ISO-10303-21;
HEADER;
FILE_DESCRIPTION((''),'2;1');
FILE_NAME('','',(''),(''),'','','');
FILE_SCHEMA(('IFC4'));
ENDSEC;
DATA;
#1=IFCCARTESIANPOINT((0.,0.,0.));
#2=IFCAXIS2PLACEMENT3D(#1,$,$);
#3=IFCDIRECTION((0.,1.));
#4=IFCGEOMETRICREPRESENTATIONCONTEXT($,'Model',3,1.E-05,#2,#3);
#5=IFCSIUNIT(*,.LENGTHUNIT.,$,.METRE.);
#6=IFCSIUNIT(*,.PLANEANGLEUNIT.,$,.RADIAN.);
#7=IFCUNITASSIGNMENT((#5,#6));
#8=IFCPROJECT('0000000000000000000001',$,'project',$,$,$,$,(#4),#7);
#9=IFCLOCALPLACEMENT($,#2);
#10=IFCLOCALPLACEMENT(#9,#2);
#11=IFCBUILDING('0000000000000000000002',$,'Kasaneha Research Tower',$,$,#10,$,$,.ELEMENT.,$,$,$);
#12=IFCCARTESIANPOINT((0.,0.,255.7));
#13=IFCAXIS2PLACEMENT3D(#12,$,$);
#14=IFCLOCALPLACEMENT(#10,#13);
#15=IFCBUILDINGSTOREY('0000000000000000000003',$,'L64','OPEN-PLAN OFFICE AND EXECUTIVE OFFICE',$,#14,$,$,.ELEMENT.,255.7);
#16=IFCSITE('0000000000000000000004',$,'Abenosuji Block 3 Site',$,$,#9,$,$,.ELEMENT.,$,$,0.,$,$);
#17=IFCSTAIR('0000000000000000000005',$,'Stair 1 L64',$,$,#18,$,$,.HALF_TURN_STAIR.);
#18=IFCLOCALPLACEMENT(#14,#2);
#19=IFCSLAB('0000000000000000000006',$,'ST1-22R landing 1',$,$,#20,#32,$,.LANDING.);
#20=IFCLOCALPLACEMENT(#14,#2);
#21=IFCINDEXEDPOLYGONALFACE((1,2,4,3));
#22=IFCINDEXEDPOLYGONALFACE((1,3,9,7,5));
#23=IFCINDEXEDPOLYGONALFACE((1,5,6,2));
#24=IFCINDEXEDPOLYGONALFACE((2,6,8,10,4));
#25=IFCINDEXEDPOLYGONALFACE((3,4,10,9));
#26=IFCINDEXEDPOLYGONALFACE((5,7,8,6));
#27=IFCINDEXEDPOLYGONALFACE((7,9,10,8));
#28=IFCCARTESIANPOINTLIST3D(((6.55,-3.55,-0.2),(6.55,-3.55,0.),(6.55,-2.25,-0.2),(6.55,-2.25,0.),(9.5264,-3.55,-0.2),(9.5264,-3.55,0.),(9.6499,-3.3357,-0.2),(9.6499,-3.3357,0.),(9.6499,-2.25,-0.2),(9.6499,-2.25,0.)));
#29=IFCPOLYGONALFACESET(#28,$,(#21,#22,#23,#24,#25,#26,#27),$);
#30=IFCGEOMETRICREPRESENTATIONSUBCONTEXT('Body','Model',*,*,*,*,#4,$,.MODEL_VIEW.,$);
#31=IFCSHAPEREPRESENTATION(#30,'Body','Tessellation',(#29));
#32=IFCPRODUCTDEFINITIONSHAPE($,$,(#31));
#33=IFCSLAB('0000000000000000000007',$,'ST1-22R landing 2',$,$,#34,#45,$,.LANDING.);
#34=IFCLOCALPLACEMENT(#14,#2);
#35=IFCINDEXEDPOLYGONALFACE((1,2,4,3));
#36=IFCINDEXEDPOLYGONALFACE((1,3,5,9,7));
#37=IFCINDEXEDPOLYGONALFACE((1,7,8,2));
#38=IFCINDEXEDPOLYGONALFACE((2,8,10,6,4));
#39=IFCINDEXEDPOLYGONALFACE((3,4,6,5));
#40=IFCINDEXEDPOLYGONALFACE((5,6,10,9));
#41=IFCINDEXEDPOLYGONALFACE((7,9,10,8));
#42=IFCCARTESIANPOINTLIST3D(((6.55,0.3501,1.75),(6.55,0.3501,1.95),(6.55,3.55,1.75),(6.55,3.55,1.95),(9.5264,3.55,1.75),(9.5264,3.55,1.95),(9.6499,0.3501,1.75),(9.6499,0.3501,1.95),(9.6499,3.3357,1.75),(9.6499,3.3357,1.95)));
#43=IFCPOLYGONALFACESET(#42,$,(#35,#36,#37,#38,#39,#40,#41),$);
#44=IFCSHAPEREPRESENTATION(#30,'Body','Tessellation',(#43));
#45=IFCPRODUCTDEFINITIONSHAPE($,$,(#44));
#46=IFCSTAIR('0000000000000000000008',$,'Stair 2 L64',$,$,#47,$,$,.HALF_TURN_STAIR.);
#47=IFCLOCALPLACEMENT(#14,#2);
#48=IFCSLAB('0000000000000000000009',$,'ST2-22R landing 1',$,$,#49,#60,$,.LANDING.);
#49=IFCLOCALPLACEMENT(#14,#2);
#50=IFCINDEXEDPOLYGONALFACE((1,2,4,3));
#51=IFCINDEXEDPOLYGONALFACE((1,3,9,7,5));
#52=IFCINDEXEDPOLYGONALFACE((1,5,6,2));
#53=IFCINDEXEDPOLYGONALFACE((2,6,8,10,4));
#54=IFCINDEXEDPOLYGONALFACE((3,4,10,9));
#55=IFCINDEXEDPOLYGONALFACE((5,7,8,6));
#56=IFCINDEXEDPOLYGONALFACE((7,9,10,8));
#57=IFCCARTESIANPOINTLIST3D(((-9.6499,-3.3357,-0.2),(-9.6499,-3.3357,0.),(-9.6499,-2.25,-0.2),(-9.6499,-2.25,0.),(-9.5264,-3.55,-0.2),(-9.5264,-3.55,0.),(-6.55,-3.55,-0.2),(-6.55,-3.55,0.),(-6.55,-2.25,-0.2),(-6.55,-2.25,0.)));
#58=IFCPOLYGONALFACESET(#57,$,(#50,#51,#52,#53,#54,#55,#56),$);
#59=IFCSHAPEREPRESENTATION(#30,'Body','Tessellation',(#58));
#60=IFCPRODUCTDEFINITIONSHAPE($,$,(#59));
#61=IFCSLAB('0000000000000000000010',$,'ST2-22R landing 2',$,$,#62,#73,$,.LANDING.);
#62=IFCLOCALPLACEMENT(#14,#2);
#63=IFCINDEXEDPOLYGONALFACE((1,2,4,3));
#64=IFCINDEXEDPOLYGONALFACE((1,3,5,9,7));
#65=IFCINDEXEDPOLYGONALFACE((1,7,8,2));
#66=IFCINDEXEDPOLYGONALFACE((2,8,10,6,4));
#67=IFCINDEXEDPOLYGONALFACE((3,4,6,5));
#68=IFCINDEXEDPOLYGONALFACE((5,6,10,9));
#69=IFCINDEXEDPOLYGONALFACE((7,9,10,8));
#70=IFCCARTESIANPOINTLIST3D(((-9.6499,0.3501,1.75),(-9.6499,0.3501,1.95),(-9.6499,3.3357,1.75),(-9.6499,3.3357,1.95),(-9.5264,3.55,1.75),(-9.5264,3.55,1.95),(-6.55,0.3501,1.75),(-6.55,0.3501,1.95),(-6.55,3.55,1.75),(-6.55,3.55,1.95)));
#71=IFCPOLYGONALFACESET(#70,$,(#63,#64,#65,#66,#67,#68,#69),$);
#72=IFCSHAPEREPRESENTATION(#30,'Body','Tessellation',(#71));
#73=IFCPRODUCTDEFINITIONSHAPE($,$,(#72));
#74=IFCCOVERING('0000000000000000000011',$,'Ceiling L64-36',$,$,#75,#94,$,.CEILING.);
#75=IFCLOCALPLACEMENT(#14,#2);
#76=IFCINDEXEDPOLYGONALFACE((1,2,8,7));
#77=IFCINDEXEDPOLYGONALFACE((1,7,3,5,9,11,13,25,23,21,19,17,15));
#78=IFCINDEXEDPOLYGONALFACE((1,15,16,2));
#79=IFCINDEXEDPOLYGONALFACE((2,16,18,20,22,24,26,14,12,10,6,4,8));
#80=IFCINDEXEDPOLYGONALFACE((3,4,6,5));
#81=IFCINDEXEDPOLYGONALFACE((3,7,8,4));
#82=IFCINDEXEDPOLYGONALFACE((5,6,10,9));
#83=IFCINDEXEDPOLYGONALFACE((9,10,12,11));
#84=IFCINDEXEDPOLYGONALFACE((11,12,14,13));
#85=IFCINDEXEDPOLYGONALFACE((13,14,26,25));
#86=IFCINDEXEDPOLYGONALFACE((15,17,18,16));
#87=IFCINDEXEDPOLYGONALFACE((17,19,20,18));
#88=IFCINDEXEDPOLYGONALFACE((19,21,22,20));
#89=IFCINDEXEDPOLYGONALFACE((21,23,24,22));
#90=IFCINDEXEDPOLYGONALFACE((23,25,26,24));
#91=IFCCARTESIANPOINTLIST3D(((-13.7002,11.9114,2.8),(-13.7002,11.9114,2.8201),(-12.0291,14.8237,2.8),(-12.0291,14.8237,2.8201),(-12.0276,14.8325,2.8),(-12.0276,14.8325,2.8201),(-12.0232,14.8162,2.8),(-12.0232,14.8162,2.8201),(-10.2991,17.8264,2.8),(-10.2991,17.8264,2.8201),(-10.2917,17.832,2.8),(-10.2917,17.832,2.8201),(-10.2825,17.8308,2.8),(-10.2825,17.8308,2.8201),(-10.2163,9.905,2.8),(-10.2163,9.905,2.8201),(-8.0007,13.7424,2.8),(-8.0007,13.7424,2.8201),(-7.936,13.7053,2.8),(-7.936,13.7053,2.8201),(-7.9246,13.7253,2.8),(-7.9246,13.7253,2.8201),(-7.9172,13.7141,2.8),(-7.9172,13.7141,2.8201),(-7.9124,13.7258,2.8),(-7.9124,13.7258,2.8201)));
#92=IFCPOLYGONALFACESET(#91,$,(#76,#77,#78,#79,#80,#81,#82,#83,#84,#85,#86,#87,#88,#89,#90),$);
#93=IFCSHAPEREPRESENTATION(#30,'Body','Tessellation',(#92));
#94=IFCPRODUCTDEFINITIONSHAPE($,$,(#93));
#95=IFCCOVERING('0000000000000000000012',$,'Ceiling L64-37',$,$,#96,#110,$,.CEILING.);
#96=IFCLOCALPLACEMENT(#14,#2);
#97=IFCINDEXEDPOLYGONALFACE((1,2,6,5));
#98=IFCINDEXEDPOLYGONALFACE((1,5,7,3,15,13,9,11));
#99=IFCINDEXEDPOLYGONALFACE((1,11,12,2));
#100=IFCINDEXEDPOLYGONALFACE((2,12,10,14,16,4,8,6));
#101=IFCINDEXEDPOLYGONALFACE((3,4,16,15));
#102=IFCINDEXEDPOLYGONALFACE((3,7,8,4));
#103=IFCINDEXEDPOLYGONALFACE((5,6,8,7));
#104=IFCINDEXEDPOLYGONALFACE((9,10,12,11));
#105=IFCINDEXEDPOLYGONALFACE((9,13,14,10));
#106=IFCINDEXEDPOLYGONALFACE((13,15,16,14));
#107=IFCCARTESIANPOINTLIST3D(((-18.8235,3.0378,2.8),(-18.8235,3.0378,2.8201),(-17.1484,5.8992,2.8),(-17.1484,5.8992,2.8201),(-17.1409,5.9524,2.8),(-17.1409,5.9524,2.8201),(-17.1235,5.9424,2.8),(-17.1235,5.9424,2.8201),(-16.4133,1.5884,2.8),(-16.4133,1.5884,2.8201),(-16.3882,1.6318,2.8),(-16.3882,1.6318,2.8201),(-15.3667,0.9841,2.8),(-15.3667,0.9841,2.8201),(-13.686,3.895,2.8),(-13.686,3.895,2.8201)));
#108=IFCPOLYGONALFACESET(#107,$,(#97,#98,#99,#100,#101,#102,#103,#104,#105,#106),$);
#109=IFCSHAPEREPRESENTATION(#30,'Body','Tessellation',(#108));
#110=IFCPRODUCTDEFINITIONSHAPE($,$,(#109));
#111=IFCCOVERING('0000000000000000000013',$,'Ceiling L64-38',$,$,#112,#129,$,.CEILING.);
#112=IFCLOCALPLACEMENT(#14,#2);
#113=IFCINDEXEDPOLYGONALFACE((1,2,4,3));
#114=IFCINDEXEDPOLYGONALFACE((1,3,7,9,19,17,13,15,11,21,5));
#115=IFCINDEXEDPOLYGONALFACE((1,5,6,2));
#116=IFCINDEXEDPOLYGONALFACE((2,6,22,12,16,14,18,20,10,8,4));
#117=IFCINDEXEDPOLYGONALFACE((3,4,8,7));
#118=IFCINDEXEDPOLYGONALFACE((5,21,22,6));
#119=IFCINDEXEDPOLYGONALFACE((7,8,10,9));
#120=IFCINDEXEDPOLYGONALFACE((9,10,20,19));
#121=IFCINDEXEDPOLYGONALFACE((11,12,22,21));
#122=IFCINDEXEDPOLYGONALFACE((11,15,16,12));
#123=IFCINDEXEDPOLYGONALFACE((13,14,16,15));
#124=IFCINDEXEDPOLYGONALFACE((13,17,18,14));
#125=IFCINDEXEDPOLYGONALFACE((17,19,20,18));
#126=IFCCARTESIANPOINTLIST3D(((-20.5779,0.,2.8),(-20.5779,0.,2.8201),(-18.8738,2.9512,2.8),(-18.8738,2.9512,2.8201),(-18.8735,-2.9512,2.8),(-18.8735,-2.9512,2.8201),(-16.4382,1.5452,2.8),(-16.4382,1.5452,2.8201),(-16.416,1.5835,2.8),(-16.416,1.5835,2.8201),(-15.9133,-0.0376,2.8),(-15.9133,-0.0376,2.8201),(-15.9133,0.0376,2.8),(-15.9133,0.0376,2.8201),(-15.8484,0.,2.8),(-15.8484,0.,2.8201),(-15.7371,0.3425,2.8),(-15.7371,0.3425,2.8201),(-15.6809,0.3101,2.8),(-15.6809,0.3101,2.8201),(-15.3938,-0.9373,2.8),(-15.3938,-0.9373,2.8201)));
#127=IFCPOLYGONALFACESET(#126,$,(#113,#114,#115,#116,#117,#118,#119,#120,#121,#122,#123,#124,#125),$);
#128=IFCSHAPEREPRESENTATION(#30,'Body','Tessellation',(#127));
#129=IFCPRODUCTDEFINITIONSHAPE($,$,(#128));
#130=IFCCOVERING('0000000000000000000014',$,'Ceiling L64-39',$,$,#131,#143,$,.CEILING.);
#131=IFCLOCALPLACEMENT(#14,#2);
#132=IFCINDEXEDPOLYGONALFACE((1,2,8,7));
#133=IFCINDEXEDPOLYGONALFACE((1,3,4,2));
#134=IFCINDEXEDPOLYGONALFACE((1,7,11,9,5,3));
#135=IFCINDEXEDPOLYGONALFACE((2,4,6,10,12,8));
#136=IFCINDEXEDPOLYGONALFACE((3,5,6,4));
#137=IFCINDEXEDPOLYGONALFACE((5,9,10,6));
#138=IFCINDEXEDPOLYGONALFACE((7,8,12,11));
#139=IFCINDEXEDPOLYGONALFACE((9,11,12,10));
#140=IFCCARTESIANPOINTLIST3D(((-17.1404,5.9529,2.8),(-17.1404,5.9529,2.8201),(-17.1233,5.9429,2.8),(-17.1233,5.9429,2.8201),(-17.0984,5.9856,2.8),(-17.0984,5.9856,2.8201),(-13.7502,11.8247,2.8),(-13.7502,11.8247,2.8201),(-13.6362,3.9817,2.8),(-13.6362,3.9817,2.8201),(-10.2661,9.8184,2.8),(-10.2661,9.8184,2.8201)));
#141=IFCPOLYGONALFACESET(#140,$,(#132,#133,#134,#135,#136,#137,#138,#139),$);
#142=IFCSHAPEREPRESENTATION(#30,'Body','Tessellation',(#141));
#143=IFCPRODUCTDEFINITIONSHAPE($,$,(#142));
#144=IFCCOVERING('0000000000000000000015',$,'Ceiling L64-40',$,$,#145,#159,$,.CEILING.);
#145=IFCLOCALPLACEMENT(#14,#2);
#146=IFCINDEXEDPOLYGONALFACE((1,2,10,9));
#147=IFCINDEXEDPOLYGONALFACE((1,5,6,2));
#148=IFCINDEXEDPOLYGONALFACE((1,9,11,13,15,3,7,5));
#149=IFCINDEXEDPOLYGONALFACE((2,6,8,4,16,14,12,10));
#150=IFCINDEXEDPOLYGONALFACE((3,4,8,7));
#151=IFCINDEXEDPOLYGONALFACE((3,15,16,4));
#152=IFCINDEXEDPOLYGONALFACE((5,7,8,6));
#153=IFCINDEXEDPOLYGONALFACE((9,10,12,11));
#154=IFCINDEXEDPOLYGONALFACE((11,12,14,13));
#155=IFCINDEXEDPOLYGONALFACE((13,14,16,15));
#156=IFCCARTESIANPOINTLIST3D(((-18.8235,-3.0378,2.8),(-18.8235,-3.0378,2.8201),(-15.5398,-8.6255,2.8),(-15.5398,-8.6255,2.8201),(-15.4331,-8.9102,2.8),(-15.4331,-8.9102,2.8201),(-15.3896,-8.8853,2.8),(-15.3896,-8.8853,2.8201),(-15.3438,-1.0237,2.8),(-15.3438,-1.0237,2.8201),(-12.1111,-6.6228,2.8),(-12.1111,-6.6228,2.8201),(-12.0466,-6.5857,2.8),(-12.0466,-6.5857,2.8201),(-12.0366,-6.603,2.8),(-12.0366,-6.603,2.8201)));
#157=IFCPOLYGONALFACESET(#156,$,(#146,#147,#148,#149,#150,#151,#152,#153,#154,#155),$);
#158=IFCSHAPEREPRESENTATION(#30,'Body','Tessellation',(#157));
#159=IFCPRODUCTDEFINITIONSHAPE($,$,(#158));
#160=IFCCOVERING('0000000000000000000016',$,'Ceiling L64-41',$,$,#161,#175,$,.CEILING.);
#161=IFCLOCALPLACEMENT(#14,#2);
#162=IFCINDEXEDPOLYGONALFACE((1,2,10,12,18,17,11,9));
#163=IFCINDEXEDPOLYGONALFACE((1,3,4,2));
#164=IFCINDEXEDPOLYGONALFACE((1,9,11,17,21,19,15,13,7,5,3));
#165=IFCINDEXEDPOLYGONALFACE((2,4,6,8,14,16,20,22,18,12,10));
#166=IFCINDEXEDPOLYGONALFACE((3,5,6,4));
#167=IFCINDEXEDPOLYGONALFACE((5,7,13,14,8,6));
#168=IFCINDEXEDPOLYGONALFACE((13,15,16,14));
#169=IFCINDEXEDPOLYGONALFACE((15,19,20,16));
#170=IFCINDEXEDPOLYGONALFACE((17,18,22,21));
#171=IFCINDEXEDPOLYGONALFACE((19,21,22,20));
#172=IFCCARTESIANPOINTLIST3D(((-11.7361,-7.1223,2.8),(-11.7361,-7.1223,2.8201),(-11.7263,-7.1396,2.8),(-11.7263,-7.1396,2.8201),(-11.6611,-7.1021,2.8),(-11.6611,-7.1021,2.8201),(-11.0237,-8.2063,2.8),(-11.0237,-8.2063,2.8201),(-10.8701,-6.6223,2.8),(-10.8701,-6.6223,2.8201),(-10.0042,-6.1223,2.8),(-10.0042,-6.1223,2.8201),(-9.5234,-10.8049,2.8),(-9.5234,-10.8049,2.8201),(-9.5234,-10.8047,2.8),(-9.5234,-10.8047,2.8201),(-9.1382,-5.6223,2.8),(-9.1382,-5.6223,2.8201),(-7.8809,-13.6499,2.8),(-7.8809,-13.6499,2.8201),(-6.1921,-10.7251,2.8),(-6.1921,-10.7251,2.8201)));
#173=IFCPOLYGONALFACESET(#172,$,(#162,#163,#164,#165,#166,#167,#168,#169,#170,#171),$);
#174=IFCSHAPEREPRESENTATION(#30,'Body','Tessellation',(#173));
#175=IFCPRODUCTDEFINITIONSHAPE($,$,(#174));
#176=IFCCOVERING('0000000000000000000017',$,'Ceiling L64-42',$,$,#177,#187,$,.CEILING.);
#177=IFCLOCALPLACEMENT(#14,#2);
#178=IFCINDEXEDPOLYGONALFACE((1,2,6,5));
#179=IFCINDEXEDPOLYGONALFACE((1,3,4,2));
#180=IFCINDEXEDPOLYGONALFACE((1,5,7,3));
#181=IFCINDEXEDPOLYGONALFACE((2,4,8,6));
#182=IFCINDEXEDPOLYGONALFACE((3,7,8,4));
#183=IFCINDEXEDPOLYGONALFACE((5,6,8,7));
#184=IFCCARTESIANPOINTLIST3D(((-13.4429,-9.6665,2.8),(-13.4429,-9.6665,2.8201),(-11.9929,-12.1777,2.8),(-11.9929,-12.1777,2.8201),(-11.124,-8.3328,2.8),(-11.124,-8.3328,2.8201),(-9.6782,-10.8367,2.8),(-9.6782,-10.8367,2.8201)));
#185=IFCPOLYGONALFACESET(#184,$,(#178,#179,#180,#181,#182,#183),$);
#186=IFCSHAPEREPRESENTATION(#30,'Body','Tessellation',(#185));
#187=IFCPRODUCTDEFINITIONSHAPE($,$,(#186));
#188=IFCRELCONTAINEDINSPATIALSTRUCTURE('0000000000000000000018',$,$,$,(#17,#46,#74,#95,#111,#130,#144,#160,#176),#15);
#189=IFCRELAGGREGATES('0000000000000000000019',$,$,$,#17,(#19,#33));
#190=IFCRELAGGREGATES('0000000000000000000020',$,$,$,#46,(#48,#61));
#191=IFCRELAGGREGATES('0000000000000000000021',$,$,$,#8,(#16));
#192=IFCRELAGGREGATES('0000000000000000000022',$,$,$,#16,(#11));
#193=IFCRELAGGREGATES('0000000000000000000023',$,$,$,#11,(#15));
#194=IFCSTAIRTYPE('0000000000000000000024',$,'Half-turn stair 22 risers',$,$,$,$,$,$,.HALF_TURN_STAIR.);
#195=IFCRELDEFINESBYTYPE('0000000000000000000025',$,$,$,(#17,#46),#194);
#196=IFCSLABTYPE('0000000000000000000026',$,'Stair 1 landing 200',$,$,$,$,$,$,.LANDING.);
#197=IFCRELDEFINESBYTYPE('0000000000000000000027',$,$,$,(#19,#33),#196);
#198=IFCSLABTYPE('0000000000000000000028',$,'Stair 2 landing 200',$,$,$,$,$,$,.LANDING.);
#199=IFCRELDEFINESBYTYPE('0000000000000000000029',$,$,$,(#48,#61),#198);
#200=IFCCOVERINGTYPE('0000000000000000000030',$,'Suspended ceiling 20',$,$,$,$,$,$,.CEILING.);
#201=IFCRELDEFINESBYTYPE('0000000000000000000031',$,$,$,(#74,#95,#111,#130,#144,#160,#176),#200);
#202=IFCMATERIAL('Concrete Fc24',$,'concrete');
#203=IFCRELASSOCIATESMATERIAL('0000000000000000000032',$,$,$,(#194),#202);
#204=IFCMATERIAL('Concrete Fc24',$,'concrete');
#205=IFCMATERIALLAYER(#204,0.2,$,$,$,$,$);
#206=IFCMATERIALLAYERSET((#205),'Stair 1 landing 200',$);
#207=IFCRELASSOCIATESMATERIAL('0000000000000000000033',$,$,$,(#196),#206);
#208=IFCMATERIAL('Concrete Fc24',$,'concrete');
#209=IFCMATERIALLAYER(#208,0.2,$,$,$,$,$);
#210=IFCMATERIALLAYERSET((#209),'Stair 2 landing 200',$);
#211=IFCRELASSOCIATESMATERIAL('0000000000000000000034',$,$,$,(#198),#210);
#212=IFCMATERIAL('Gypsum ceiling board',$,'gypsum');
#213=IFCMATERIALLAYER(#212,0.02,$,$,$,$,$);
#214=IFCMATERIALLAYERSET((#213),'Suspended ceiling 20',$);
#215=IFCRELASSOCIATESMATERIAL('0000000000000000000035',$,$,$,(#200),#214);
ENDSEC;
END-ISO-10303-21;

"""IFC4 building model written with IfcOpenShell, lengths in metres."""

from ifc_helpers import new_model, si_unit, direction, frame, origin, place, context, subcontext, project, spatial, polyline, outline, extrude, material, layer, layer_set, type_object, element, aggregate, save


model = new_model("IFC4")

# Units and contexts
model_context = context("Model", 3, precision=1e-05, world=origin(), true_north=direction((0.0, 1.0)))
body_context = subcontext(model_context, "Body", "Model", "MODEL_VIEW")
ifc_project = project(units=[si_unit("LENGTHUNIT", "METRE"), si_unit("PLANEANGLEUNIT", "RADIAN")], contexts=[model_context])

# Site, building, storey
site_placement = place(None, origin())
site = spatial("IfcSite", under=ifc_project, at=site_placement, Name="Abenosuji Block 3 Site", CompositionType="ELEMENT", RefElevation=0.0)
building_placement = place(site_placement, origin())
building = spatial("IfcBuilding", under=site, at=building_placement, Name="Kasaneha Research Tower", CompositionType="ELEMENT")
storey_placement = place(building_placement, frame((0.0, 0.0, 255.7)))
storey = spatial("IfcBuildingStorey", under=building, at=storey_placement, Name="L64", Description="OPEN-PLAN OFFICE AND EXECUTIVE OFFICE", CompositionType="ELEMENT", Elevation=255.7)

# Stairs, slabs
ifc_material_1 = material(Name="Concrete Fc24", Category="concrete")
stair_type = type_object("IfcStairType", Name="Half-turn stair 22 risers", PredefinedType="HALF_TURN_STAIR", material=ifc_material_1)
stair_1_placement = place(storey_placement, origin())
stair_1 = element("IfcStair", 1, at=stair_1_placement, inside=storey, type_object=stair_type, Name="Stair 1 L64", PredefinedType="HALF_TURN_STAIR")
ifc_material_2 = material(Name="Concrete Fc24", Category="concrete")
ifc_layer_1 = layer(ifc_material_2, 0.2)
ifc_layer_set_1 = layer_set([ifc_layer_1], Name="Stair 1 landing 200")
slab_type_1 = type_object("IfcSlabType", Name="Stair 1 landing 200", PredefinedType="LANDING", material=ifc_layer_set_1)
slab_1_placement = place(storey_placement, frame((0.0, 0.0, -0.2)))
slab_1 = element("IfcSlab", 2, at=slab_1_placement, type_object=slab_type_1, Name="ST1-22R landing 1", PredefinedType="LANDING", context=body_context, shape_type="SweptSolid", body=[
    extrude(outline(polyline([(9.5264, -3.55), (6.55, -3.55), (6.55, -2.25), (9.6499, -2.25), (9.6499, -3.3357), (9.5264, -3.55)])), origin(), (0.0, 0.0, 1.0), 0.2),
])
slab_2_placement = place(storey_placement, frame((0.0, 0.0, 1.75)))
slab_2 = element("IfcSlab", 3, at=slab_2_placement, type_object=slab_type_1, Name="ST1-22R landing 2", PredefinedType="LANDING", context=body_context, shape_type="SweptSolid", body=[
    extrude(outline(polyline([(6.55, 3.55), (9.5264, 3.55), (9.6499, 3.3357), (9.6499, 0.3501), (6.55, 0.3501), (6.55, 3.55)])), origin(), (0.0, 0.0, 1.0), 0.2),
])
aggregate(stair_1, [slab_1, slab_2])
stair_2_placement = place(storey_placement, origin())
stair_2 = element("IfcStair", 4, at=stair_2_placement, inside=storey, type_object=stair_type, Name="Stair 2 L64", PredefinedType="HALF_TURN_STAIR")
ifc_material_3 = material(Name="Concrete Fc24", Category="concrete")
ifc_layer_2 = layer(ifc_material_3, 0.2)
ifc_layer_set_2 = layer_set([ifc_layer_2], Name="Stair 2 landing 200")
slab_type_2 = type_object("IfcSlabType", Name="Stair 2 landing 200", PredefinedType="LANDING", material=ifc_layer_set_2)
slab_3_placement = place(storey_placement, frame((0.0, 0.0, -0.2)))
slab_3 = element("IfcSlab", 5, at=slab_3_placement, type_object=slab_type_2, Name="ST2-22R landing 1", PredefinedType="LANDING", context=body_context, shape_type="SweptSolid", body=[
    extrude(outline(polyline([(-6.55, -3.55), (-9.5264, -3.55), (-9.6499, -3.3357), (-9.6499, -2.25), (-6.55, -2.25), (-6.55, -3.55)])), origin(), (0.0, 0.0, 1.0), 0.2),
])
slab_4_placement = place(storey_placement, frame((0.0, 0.0, 1.75)))
slab_4 = element("IfcSlab", 6, at=slab_4_placement, type_object=slab_type_2, Name="ST2-22R landing 2", PredefinedType="LANDING", context=body_context, shape_type="SweptSolid", body=[
    extrude(outline(polyline([(-6.55, 0.3501), (-9.6499, 0.3501), (-9.6499, 3.3357), (-9.5264, 3.55), (-6.55, 3.55), (-6.55, 0.3501)])), origin(), (0.0, 0.0, 1.0), 0.2),
])
aggregate(stair_2, [slab_3, slab_4])

# Coverings
ifc_material_4 = material(Name="Gypsum ceiling board", Category="gypsum")
ifc_layer_3 = layer(ifc_material_4, 0.02)
ifc_layer_set_3 = layer_set([ifc_layer_3], Name="Suspended ceiling 20")
covering_type_1 = type_object("IfcCoveringType", Name="Suspended ceiling 20", PredefinedType="CEILING", material=ifc_layer_set_3)
covering_1_placement = place(storey_placement, frame((0.0, 0.0, 2.8)))
element("IfcCovering", 7, at=covering_1_placement, inside=storey, type_object=covering_type_1, Name="Ceiling L64-36", PredefinedType="CEILING", context=body_context, shape_type="SweptSolid", body=[
    extrude(outline(polyline([(-12.0276, 14.8325), (-10.2991, 17.8264), (-10.2917, 17.832), (-10.2825, 17.8308), (-7.9124, 13.7258), (-7.9172, 13.7141), (-7.9246, 13.7253), (-7.936, 13.7053), (-8.0007, 13.7424), (-10.2163, 9.905), (-13.7002, 11.9114), (-12.0232, 14.8162), (-12.0291, 14.8237), (-12.0276, 14.8325)])), origin(), (0.0, 0.0, 1.0), 0.02),
])
covering_2_placement = place(storey_placement, frame((0.0, 0.0, 2.8)))
element("IfcCovering", 8, at=covering_2_placement, inside=storey, type_object=covering_type_1, Name="Ceiling L64-37", PredefinedType="CEILING", context=body_context, shape_type="SweptSolid", body=[
    extrude(outline(polyline([(-17.1235, 5.9424), (-17.1484, 5.8992), (-13.686, 3.895), (-15.3667, 0.9841), (-16.4133, 1.5884), (-16.3882, 1.6318), (-18.8235, 3.0378), (-17.1409, 5.9524), (-17.1235, 5.9424)])), origin(), (0.0, 0.0, 1.0), 0.02),
])
covering_3_placement = place(storey_placement, frame((0.0, 0.0, 2.8)))
element("IfcCovering", 9, at=covering_3_placement, inside=storey, type_object=covering_type_1, Name="Ceiling L64-38", PredefinedType="CEILING", context=body_context, shape_type="SweptSolid", body=[
    extrude(outline(polyline([(-20.5779, 0.0), (-18.8738, 2.9512), (-16.4382, 1.5452), (-16.416, 1.5835), (-15.6809, 0.3101), (-15.7371, 0.3425), (-15.9133, 0.0376), (-15.8484, 0.0), (-15.9133, -0.0376), (-15.3938, -0.9373), (-18.8735, -2.9512), (-20.5779, 0.0)])), origin(), (0.0, 0.0, 1.0), 0.02),
])
covering_4_placement = place(storey_placement, frame((0.0, 0.0, 2.8)))
element("IfcCovering", 10, at=covering_4_placement, inside=storey, type_object=covering_type_1, Name="Ceiling L64-39", PredefinedType="CEILING", context=body_context, shape_type="SweptSolid", body=[
    extrude(outline(polyline([(-17.1404, 5.9529), (-13.7502, 11.8247), (-10.2661, 9.8184), (-13.6362, 3.9817), (-17.0984, 5.9856), (-17.1233, 5.9429), (-17.1404, 5.9529)])), origin(), (0.0, 0.0, 1.0), 0.02),
])
covering_5_placement = place(storey_placement, frame((0.0, 0.0, 2.8)))
element("IfcCovering", 11, at=covering_5_placement, inside=storey, type_object=covering_type_1, Name="Ceiling L64-40", PredefinedType="CEILING", context=body_context, shape_type="SweptSolid", body=[
    extrude(outline(polyline([(-15.5398, -8.6255), (-15.3896, -8.8853), (-15.4331, -8.9102), (-18.8235, -3.0378), (-15.3438, -1.0237), (-12.1111, -6.6228), (-12.0466, -6.5857), (-12.0366, -6.603), (-15.5398, -8.6255), (-15.5398, -8.6255), (-15.5398, -8.6255)])), origin(), (0.0, 0.0, 1.0), 0.02),
])
covering_6_placement = place(storey_placement, frame((0.0, 0.0, 2.8)))
element("IfcCovering", 12, at=covering_6_placement, inside=storey, type_object=covering_type_1, Name="Ceiling L64-41", PredefinedType="CEILING", context=body_context, shape_type="SweptSolid", body=[
    extrude(outline(polyline([(-10.8701, -6.6223), (-10.0042, -6.1223), (-10.0042, -6.1223), (-9.1382, -5.6223), (-6.1921, -10.7251), (-7.8809, -13.6499), (-9.5234, -10.8047), (-9.5234, -10.8049), (-11.0237, -8.2063), (-11.0237, -8.2063), (-11.6611, -7.1021), (-11.7263, -7.1396), (-11.7361, -7.1223), (-10.8701, -6.6223), (-10.8701, -6.6223)])), origin(), (0.0, 0.0, 1.0), 0.02),
])
covering_7_placement = place(storey_placement, frame((0.0, 0.0, 2.8)))
element("IfcCovering", 13, at=covering_7_placement, inside=storey, type_object=covering_type_1, Name="Ceiling L64-42", PredefinedType="CEILING", context=body_context, shape_type="SweptSolid", body=[
    extrude(outline(polyline([(-13.4429, -9.6665), (-11.124, -8.3328), (-9.6782, -10.8367), (-11.9929, -12.1777), (-13.4429, -9.6665)])), origin(), (0.0, 0.0, 1.0), 0.02),
])

save(model, "model.ifc")
